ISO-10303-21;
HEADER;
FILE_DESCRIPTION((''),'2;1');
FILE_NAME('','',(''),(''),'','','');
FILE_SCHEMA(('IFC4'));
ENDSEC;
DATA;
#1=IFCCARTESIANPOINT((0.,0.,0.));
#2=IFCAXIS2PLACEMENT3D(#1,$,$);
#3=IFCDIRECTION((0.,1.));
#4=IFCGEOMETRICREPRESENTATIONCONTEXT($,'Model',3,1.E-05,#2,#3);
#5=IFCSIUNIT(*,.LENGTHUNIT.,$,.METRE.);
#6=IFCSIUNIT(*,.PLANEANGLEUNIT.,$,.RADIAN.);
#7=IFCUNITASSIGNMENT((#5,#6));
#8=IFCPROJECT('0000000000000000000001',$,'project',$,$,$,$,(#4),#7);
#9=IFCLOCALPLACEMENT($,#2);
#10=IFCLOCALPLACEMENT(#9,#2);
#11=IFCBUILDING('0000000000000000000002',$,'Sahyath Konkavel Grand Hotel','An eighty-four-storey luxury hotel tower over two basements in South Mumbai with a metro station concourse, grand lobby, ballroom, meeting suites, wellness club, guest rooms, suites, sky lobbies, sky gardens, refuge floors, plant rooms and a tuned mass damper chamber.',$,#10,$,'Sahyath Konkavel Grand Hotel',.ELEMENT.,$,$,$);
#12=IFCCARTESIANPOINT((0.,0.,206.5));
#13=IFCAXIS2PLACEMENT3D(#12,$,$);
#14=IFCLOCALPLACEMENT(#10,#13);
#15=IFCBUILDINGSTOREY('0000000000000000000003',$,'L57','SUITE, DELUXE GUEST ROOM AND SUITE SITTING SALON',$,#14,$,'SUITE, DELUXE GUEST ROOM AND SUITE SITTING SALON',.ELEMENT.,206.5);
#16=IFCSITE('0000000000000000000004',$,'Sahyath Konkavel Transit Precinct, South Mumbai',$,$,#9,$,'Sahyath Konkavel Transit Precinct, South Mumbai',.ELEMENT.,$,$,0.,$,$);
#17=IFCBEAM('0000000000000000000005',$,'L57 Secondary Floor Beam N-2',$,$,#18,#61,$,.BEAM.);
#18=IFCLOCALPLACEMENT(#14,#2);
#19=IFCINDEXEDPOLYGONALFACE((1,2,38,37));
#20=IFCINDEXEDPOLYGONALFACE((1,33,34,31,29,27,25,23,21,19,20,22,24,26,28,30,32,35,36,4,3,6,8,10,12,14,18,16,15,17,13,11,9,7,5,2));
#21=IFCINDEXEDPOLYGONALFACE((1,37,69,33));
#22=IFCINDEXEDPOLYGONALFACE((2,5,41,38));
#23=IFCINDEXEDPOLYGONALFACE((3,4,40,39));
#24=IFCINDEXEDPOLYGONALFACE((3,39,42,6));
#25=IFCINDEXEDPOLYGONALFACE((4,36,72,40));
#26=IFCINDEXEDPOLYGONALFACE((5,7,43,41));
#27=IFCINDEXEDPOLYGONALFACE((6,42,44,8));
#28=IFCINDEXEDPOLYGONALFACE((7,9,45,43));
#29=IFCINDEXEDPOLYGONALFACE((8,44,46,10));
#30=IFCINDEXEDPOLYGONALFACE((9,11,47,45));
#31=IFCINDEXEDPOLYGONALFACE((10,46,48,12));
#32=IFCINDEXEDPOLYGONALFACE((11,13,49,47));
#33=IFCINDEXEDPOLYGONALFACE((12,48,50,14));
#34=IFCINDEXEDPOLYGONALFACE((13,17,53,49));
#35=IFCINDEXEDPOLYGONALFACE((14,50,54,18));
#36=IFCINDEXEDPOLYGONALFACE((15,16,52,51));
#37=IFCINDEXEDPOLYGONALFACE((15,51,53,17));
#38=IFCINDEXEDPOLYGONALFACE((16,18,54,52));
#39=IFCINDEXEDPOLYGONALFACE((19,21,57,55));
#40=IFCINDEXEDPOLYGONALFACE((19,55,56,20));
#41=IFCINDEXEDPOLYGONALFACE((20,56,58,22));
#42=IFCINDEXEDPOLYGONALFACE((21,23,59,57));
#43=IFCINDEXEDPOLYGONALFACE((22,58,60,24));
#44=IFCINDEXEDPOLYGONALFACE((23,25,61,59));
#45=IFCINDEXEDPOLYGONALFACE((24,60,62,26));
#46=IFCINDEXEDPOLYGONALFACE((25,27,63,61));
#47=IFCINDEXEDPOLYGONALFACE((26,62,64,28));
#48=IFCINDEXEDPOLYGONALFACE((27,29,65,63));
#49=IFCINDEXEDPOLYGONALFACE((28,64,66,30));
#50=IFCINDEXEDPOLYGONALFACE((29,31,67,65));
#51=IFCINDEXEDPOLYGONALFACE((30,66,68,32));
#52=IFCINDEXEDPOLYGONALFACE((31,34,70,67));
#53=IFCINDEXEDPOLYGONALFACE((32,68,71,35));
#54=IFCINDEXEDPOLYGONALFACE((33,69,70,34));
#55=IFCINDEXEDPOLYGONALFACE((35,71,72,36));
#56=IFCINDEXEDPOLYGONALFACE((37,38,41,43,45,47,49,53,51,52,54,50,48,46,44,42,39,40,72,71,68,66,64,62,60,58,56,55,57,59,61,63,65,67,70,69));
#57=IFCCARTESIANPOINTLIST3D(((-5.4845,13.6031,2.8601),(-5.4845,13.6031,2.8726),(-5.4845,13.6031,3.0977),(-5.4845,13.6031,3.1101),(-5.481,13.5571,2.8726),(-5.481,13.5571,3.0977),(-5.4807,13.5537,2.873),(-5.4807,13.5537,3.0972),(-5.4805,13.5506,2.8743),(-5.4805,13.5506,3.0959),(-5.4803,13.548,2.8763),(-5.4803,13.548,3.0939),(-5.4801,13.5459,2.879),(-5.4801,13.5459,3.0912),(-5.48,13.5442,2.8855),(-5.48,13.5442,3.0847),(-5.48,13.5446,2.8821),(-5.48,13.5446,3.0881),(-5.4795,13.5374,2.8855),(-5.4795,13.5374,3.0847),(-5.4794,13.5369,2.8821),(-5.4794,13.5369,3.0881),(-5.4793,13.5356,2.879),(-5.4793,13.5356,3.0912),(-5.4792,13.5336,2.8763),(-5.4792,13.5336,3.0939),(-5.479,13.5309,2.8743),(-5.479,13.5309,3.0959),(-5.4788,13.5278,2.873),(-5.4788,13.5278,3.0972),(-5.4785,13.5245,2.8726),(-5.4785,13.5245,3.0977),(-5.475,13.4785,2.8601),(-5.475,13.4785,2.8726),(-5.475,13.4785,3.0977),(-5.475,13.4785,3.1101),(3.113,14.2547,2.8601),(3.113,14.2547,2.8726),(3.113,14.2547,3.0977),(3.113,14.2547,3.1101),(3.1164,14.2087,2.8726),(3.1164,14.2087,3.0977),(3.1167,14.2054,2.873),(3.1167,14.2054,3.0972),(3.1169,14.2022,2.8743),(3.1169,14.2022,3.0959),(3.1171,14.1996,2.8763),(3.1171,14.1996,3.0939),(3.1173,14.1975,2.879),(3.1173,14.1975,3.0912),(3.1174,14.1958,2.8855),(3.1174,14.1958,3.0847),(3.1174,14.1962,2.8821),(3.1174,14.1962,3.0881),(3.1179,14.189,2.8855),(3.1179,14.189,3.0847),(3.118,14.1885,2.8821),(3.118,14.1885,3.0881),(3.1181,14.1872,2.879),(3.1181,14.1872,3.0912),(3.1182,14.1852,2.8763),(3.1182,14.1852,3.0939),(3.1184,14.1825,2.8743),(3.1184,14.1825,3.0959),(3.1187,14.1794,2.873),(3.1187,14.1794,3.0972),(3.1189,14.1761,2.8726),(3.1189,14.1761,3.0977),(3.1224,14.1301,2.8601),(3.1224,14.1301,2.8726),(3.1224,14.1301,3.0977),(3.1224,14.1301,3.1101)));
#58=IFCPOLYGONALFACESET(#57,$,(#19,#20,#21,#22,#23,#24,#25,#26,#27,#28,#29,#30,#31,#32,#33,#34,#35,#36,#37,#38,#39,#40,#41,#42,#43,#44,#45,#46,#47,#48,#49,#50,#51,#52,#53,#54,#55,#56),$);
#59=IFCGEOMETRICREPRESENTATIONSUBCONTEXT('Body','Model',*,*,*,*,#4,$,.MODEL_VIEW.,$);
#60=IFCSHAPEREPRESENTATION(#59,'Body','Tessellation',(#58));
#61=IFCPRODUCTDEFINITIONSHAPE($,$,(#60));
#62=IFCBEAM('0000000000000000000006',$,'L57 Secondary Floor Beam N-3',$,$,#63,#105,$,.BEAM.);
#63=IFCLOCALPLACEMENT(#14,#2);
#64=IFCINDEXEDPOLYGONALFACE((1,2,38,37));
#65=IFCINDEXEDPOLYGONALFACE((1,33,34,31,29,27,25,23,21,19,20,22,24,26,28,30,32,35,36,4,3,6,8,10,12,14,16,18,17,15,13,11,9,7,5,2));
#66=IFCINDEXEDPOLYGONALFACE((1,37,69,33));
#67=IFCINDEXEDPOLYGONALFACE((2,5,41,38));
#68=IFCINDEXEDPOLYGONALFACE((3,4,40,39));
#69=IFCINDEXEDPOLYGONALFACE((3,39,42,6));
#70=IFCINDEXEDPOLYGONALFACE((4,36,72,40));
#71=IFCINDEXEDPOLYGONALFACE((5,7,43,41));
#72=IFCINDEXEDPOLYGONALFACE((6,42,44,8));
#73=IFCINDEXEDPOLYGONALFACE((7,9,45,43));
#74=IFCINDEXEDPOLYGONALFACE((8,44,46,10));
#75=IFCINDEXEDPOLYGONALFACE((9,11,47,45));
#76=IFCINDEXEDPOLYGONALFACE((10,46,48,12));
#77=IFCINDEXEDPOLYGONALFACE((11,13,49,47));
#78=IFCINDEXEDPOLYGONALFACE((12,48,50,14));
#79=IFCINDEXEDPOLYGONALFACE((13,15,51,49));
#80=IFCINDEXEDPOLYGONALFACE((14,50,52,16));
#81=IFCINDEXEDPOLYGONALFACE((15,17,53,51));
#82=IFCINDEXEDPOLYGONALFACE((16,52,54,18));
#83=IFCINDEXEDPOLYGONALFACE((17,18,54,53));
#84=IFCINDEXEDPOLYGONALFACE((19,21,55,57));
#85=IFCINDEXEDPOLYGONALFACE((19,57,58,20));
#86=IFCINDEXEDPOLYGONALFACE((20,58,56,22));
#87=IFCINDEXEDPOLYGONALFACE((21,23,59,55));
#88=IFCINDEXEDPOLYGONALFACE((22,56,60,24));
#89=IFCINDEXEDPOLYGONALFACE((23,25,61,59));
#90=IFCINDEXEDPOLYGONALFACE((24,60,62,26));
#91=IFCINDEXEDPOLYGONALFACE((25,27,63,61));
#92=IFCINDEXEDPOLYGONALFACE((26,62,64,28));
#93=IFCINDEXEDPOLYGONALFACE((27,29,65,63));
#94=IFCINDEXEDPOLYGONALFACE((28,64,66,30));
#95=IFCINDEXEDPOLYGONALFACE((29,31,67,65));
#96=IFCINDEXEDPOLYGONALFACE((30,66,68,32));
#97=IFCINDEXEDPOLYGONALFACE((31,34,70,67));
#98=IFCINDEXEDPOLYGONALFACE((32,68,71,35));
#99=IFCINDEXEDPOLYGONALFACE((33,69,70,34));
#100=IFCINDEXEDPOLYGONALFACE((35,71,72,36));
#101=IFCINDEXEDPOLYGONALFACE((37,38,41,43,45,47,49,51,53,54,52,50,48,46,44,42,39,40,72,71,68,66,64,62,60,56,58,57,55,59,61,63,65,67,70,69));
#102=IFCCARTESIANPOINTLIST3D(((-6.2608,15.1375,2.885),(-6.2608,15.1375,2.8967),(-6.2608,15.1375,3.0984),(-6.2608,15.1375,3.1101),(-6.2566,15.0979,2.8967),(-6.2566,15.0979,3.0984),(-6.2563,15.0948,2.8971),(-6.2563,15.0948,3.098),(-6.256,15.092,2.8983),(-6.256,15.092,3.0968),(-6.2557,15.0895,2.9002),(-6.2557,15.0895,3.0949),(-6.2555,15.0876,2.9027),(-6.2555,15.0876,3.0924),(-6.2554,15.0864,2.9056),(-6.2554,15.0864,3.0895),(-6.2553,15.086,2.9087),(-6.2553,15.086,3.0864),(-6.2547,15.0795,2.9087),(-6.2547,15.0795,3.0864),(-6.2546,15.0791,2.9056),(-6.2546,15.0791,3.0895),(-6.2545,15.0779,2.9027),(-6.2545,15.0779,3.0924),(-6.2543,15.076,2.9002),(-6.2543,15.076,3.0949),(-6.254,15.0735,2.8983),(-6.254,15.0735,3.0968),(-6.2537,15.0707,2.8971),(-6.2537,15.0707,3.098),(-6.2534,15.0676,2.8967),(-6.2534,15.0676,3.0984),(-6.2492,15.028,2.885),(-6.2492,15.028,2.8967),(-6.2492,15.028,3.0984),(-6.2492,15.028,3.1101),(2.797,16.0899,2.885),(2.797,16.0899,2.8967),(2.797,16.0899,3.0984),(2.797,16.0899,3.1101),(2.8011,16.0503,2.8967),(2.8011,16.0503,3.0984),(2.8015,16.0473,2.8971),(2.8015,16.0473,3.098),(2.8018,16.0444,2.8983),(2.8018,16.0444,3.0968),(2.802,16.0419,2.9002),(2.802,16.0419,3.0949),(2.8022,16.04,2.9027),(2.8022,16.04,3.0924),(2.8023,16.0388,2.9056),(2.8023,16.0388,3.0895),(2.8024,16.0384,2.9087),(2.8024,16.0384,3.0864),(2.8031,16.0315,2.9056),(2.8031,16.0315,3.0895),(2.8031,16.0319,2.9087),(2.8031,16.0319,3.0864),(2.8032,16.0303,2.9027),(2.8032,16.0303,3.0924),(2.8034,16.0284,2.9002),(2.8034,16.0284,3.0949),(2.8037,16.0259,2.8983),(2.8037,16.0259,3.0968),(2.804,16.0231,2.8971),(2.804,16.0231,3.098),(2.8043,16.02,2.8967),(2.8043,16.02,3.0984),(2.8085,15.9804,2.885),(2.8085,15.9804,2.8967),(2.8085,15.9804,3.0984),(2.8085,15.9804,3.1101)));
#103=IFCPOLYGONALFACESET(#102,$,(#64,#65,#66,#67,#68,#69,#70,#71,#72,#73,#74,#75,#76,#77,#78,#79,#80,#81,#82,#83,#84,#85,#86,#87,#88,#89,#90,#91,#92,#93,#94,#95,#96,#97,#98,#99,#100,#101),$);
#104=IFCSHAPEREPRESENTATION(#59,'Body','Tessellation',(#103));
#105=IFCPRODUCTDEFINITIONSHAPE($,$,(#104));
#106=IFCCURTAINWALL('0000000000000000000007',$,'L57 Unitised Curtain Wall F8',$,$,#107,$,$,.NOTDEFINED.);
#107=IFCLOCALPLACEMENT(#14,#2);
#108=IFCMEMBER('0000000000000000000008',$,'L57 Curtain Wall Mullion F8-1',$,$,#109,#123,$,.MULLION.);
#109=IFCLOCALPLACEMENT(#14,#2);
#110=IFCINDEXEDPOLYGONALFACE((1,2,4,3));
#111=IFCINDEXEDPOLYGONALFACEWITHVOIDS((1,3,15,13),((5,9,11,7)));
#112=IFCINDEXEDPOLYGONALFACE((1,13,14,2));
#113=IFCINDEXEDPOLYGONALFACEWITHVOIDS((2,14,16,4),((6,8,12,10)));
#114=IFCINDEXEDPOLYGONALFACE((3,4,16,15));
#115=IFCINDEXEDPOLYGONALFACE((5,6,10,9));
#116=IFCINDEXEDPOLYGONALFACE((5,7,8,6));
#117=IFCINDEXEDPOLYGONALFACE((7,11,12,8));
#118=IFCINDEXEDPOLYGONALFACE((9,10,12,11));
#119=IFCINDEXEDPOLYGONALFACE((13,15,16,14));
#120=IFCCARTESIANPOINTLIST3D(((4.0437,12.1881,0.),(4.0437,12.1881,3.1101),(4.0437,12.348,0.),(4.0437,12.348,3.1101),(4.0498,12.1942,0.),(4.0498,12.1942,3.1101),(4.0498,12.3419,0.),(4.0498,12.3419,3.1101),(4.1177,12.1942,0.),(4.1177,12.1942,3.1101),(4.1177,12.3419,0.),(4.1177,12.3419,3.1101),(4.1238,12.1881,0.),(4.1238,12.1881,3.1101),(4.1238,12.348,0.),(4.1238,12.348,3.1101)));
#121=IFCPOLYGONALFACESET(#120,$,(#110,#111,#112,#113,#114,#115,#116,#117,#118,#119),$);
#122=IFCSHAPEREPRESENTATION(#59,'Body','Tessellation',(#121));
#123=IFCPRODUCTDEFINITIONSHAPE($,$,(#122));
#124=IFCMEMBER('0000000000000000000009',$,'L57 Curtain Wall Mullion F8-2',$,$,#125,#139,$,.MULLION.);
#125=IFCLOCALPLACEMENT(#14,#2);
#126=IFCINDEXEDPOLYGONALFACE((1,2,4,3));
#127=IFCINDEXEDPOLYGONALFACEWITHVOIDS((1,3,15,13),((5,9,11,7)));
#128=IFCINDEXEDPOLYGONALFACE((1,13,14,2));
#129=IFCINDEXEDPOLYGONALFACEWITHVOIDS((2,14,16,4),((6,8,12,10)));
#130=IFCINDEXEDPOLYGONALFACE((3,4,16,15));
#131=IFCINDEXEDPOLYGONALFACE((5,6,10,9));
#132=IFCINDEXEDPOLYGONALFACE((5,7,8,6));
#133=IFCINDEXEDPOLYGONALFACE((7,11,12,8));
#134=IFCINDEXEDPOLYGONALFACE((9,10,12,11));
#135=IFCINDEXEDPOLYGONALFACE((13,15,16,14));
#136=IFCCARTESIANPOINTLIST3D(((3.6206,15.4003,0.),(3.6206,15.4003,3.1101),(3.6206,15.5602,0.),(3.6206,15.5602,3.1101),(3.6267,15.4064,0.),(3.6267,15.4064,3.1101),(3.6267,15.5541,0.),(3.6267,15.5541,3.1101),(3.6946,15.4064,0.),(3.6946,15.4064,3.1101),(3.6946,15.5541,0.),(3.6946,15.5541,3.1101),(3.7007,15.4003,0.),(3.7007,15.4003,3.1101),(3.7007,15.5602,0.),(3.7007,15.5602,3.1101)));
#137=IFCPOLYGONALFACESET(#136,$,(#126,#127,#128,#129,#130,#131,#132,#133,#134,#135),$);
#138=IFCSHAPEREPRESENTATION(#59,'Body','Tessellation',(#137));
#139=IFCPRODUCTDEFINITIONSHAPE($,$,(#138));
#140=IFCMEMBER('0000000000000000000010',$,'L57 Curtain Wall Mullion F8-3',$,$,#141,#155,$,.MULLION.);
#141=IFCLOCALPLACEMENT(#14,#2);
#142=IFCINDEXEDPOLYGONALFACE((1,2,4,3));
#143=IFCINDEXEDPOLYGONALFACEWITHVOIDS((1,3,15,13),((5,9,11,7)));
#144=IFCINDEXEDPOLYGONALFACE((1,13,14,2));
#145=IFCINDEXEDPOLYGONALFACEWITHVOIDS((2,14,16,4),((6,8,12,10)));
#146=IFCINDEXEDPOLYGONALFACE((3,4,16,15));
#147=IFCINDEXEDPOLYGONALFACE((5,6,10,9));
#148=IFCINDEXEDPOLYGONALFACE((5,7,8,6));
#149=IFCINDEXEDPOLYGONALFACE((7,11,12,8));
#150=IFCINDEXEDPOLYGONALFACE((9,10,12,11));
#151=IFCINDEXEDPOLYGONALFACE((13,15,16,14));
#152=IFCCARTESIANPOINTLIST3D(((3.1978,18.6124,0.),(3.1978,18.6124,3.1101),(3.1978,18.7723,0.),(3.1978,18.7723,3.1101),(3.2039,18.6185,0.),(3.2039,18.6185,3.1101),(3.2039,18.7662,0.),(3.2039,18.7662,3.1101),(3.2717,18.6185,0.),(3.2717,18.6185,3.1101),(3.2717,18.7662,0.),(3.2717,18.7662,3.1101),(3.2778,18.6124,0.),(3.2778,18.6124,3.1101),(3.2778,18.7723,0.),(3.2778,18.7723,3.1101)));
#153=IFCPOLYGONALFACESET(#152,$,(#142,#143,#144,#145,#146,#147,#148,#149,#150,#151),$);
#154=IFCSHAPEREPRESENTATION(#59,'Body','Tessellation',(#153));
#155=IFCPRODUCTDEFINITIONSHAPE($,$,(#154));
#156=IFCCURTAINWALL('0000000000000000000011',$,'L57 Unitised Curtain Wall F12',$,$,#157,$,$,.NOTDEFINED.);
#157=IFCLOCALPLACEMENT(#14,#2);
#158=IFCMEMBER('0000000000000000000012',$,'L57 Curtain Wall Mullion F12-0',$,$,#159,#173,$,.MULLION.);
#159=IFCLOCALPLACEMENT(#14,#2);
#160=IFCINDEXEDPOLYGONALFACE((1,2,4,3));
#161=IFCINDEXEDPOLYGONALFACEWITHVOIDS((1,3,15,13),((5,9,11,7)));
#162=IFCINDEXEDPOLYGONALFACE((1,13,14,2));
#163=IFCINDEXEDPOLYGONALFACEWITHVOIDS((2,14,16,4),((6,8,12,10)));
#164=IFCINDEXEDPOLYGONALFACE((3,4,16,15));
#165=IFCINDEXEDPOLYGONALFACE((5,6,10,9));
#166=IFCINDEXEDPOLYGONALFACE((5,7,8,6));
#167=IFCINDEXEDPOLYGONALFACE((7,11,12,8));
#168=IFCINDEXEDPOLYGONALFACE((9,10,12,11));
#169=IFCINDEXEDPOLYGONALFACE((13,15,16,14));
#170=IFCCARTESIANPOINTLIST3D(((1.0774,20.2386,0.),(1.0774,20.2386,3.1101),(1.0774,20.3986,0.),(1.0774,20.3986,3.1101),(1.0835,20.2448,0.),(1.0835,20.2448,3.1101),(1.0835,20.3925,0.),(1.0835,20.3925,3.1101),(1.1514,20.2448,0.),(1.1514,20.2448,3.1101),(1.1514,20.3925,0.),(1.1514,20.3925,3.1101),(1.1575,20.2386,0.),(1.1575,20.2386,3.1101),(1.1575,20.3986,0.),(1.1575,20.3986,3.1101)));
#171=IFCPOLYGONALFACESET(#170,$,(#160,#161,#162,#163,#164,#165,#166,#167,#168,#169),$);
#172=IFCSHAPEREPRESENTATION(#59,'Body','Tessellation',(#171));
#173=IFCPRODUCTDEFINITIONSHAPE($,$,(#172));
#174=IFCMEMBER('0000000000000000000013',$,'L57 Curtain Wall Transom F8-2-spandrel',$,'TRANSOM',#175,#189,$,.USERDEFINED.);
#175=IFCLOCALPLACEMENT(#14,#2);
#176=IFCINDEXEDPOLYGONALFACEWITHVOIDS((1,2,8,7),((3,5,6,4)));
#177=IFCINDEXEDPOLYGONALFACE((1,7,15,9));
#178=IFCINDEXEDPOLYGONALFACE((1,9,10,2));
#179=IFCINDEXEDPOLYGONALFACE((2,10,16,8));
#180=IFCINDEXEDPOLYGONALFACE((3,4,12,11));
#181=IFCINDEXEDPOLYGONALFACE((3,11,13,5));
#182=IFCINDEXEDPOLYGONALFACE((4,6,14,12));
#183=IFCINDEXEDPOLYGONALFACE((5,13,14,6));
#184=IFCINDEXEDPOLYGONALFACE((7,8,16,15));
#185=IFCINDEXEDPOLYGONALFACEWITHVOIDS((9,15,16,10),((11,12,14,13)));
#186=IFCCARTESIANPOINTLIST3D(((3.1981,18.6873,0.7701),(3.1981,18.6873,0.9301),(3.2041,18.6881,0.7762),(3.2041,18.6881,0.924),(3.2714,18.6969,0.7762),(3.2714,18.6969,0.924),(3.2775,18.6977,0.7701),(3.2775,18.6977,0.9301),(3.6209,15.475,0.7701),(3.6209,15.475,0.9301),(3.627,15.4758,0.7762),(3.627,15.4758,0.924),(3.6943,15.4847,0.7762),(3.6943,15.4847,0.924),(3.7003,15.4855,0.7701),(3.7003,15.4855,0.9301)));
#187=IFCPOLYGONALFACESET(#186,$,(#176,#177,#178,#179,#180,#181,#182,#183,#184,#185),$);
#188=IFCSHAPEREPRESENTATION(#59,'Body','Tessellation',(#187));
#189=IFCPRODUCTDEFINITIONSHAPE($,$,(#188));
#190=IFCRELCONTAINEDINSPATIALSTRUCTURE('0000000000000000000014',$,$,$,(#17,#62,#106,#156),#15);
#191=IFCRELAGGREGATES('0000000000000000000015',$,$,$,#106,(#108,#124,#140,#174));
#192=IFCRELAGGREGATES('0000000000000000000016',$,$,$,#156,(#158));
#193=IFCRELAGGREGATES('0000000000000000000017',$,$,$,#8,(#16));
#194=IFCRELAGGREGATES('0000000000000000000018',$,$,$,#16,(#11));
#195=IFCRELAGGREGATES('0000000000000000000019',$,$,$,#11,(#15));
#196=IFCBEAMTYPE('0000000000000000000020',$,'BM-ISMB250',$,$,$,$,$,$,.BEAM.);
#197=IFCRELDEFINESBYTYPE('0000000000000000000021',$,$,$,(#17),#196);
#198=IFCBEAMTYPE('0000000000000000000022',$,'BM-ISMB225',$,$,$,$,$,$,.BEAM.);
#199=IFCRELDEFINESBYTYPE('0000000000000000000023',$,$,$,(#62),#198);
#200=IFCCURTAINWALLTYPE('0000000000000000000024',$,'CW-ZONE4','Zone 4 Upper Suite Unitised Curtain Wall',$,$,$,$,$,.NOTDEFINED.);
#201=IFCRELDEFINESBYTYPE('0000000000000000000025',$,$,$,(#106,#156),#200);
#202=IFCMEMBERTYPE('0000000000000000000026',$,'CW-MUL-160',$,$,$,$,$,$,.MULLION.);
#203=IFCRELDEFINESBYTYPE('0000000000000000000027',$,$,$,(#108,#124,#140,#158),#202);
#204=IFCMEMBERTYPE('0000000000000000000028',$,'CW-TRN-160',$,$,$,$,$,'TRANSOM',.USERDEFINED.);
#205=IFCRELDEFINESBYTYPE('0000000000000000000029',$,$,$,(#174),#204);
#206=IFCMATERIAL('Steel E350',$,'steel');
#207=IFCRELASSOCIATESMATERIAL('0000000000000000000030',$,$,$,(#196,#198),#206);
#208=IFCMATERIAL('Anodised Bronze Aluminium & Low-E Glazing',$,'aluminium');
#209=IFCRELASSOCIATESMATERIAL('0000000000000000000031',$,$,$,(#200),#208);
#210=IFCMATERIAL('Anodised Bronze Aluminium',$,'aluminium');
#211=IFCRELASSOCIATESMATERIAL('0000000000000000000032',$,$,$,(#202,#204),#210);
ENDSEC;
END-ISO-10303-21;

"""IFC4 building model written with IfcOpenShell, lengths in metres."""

from ifc_helpers import new_model, si_unit, direction, frame, origin, origin_2d, place, context, subcontext, project, spatial, hollow_rectangle, i_section, extrude, source, transform, mapped, material, material_profile, profile_set, type_object, element, aggregate, save


model = new_model("IFC4")

# Units and contexts
model_context = context("Model", 3, precision=1e-05, world=origin(), true_north=direction((0.0, 1.0)))
body_context = subcontext(model_context, "Body", "Model", "MODEL_VIEW")
ifc_project = project(units=[si_unit("LENGTHUNIT", "METRE"), si_unit("PLANEANGLEUNIT", "RADIAN")], contexts=[model_context])

# Site, building, storey
site_placement = place(None, origin())
site = spatial("IfcSite", under=ifc_project, at=site_placement, Name="Sahyath Konkavel Transit Precinct, South Mumbai", LongName="Sahyath Konkavel Transit Precinct, South Mumbai", CompositionType="ELEMENT", RefElevation=0.0)
building_placement = place(site_placement, origin())
building = spatial("IfcBuilding", under=site, at=building_placement, Name="Sahyath Konkavel Grand Hotel", Description="An eighty-four-storey luxury hotel tower over two basements in South Mumbai with a metro station concourse, grand lobby, ballroom, meeting suites, wellness club, guest rooms, suites, sky lobbies, sky gardens, refuge floors, plant rooms and a tuned mass damper chamber.", LongName="Sahyath Konkavel Grand Hotel", CompositionType="ELEMENT")
storey_placement = place(building_placement, frame((0.0, 0.0, 206.5)))
storey = spatial("IfcBuildingStorey", under=building, at=storey_placement, Name="L57", Description="SUITE, DELUXE GUEST ROOM AND SUITE SITTING SALON", LongName="SUITE, DELUXE GUEST ROOM AND SUITE SITTING SALON", CompositionType="ELEMENT", Elevation=206.5)

# Beams
ifc_material_1 = material(Name="Steel E350", Category="steel")
ifc_material_profile_1 = material_profile(ifc_material_1, i_section(OverallWidth=0.125, OverallDepth=0.25, WebThickness=0.0068, FlangeThickness=0.0125, FilletRadius=0.0129, at=origin_2d()), Name="ISMB 250")
ifc_profile_set_1 = profile_set([ifc_material_profile_1], Name="Steel E350")
beam_type_1 = type_object("IfcBeamType", Name="BM-ISMB250", PredefinedType="BEAM", material=ifc_profile_set_1)
shared_shape_1 = source(origin(), body_context, "Body", "SweptSolid", [
    extrude(i_section(OverallWidth=0.125, OverallDepth=0.25, WebThickness=0.0068, FlangeThickness=0.0125, FilletRadius=0.0129, at=origin_2d()), origin(), (0.0, 0.0, 1.0), 8.6221),
])
beam_1_placement = place(storey_placement, frame((3.1177, 14.1924, 2.9851), z_axis=(-0.99714, -0.075575, 0.0), x_axis=(0.075575, -0.99714, 0.0)))
element("IfcBeam", 1, at=beam_1_placement, inside=storey, type_object=beam_type_1, Name="L57 Secondary Floor Beam N-2", PredefinedType="BEAM", context=body_context, shape_type="MappedRepresentation", body=[
    mapped(shared_shape_1, transform((0.0, 0.0, 0.0), scale=1.0)),
])
ifc_material_profile_2 = material_profile(ifc_material_1, i_section(OverallWidth=0.1101, OverallDepth=0.2251, WebThickness=0.0066, FlangeThickness=0.0117, FilletRadius=0.012, at=origin_2d()), Name="ISMB 225")
ifc_profile_set_2 = profile_set([ifc_material_profile_2], Name="Steel E350")
beam_type_2 = type_object("IfcBeamType", Name="BM-ISMB225", PredefinedType="BEAM", material=ifc_profile_set_2)
shared_shape_2 = source(origin(), body_context, "Body", "SweptSolid", [
    extrude(i_section(OverallWidth=0.1101, OverallDepth=0.2251, WebThickness=0.0066, FlangeThickness=0.0117, FilletRadius=0.012, at=origin_2d()), origin(), (0.0, 0.0, 1.0), 9.1077),
])
beam_2_placement = place(storey_placement, frame((2.8027, 16.0352, 2.9976), z_axis=(-0.994517, -0.104572, 0.0), x_axis=(0.104572, -0.994517, 0.0)))
element("IfcBeam", 2, at=beam_2_placement, inside=storey, type_object=beam_type_2, Name="L57 Secondary Floor Beam N-3", PredefinedType="BEAM", context=body_context, shape_type="MappedRepresentation", body=[
    mapped(shared_shape_2, transform((0.0, 0.0, 0.0), scale=1.0)),
])

# Curtain wall, members
ifc_material_2 = material(Name="Anodised Bronze Aluminium & Low-E Glazing", Category="aluminium")
curtain_wall_type = type_object("IfcCurtainWallType", Name="CW-ZONE4", Description="Zone 4 Upper Suite Unitised Curtain Wall", PredefinedType="NOTDEFINED", material=ifc_material_2)
curtain_wall_1_placement = place(storey_placement, origin())
curtain_wall_1 = element("IfcCurtainWall", 3, at=curtain_wall_1_placement, inside=storey, type_object=curtain_wall_type, Name="L57 Unitised Curtain Wall F8", PredefinedType="NOTDEFINED")
ifc_material_3 = material(Name="Anodised Bronze Aluminium", Category="aluminium")
ifc_material_profile_3 = material_profile(ifc_material_3, hollow_rectangle(XDim=0.0801, YDim=0.1599, WallThickness=0.0061, at=origin_2d()), Name="RHS 160x80x6")
ifc_profile_set_3 = profile_set([ifc_material_profile_3], Name="Anodised Bronze Aluminium")
member_type_1 = type_object("IfcMemberType", Name="CW-MUL-160", PredefinedType="MULLION", material=ifc_profile_set_3)
shared_shape_3 = source(origin(), body_context, "Body", "SweptSolid", [
    extrude(hollow_rectangle(XDim=0.0801, YDim=0.1599, WallThickness=0.0061, at=origin_2d()), origin(), (0.0, 0.0, 1.0), 3.1101),
])
member_1_placement = place(storey_placement, frame((4.0837, 12.2681, 0.0), z_axis=(0.0, 0.0, 1.0), x_axis=(1.0, 0.0, 0.0)))
member_1 = element("IfcMember", 4, at=member_1_placement, type_object=member_type_1, Name="L57 Curtain Wall Mullion F8-1", PredefinedType="MULLION", context=body_context, shape_type="MappedRepresentation", body=[
    mapped(shared_shape_3, transform((0.0, 0.0, 0.0), scale=1.0)),
])
member_2_placement = place(storey_placement, frame((3.6606, 15.4802, 0.0), z_axis=(0.0, 0.0, 1.0), x_axis=(1.0, 0.0, 0.0)))
member_2 = element("IfcMember", 5, at=member_2_placement, type_object=member_type_1, Name="L57 Curtain Wall Mullion F8-2", PredefinedType="MULLION", context=body_context, shape_type="MappedRepresentation", body=[
    mapped(shared_shape_3, transform((0.0, 0.0, 0.0), scale=1.0)),
])
member_3_placement = place(storey_placement, frame((3.2378, 18.6924, 0.0), z_axis=(0.0, 0.0, 1.0), x_axis=(1.0, 0.0, 0.0)))
member_3 = element("IfcMember", 6, at=member_3_placement, type_object=member_type_1, Name="L57 Curtain Wall Mullion F8-3", PredefinedType="MULLION", context=body_context, shape_type="MappedRepresentation", body=[
    mapped(shared_shape_3, transform((0.0, 0.0, 0.0), scale=1.0)),
])

# Curtain wall, member
curtain_wall_2_placement = place(storey_placement, origin())
curtain_wall_2 = element("IfcCurtainWall", 7, at=curtain_wall_2_placement, inside=storey, type_object=curtain_wall_type, Name="L57 Unitised Curtain Wall F12", PredefinedType="NOTDEFINED")
member_4_placement = place(storey_placement, frame((1.1174, 20.3186, 0.0), z_axis=(0.0, 0.0, 1.0), x_axis=(1.0, 0.0, 0.0)))
member_4 = element("IfcMember", 8, at=member_4_placement, type_object=member_type_1, Name="L57 Curtain Wall Mullion F12-0", PredefinedType="MULLION", context=body_context, shape_type="MappedRepresentation", body=[
    mapped(shared_shape_3, transform((0.0, 0.0, 0.0), scale=1.0)),
])

# Member
ifc_material_profile_4 = material_profile(ifc_material_3, hollow_rectangle(XDim=0.0801, YDim=0.1599, WallThickness=0.0061, at=origin_2d()), Name="RHS 160x80x6")
ifc_profile_set_4 = profile_set([ifc_material_profile_4], Name="Anodised Bronze Aluminium")
member_type_2 = type_object("IfcMemberType", Name="CW-TRN-160", ElementType="TRANSOM", PredefinedType="USERDEFINED", material=ifc_profile_set_4)
shared_shape_4 = source(origin(), body_context, "Body", "SweptSolid", [
    extrude(hollow_rectangle(XDim=0.0801, YDim=0.1599, WallThickness=0.0061, at=origin_2d()), origin(), (0.0, 0.0, 1.0), 3.24),
])
member_5_placement = place(storey_placement, frame((3.6606, 15.4802, 0.8501), z_axis=(-0.130515, 0.991446, 0.0), x_axis=(-0.991446, -0.130515, 0.0)))
member_5 = element("IfcMember", 9, at=member_5_placement, type_object=member_type_2, Name="L57 Curtain Wall Transom F8-2-spandrel", ObjectType="TRANSOM", PredefinedType="USERDEFINED", context=body_context, shape_type="MappedRepresentation", body=[
    mapped(shared_shape_4, transform((0.0, 0.0, 0.0), scale=1.0)),
])

aggregate(curtain_wall_1, [member_1, member_2, member_3, member_5])
aggregate(curtain_wall_2, [member_4])

save(model, "model.ifc")
